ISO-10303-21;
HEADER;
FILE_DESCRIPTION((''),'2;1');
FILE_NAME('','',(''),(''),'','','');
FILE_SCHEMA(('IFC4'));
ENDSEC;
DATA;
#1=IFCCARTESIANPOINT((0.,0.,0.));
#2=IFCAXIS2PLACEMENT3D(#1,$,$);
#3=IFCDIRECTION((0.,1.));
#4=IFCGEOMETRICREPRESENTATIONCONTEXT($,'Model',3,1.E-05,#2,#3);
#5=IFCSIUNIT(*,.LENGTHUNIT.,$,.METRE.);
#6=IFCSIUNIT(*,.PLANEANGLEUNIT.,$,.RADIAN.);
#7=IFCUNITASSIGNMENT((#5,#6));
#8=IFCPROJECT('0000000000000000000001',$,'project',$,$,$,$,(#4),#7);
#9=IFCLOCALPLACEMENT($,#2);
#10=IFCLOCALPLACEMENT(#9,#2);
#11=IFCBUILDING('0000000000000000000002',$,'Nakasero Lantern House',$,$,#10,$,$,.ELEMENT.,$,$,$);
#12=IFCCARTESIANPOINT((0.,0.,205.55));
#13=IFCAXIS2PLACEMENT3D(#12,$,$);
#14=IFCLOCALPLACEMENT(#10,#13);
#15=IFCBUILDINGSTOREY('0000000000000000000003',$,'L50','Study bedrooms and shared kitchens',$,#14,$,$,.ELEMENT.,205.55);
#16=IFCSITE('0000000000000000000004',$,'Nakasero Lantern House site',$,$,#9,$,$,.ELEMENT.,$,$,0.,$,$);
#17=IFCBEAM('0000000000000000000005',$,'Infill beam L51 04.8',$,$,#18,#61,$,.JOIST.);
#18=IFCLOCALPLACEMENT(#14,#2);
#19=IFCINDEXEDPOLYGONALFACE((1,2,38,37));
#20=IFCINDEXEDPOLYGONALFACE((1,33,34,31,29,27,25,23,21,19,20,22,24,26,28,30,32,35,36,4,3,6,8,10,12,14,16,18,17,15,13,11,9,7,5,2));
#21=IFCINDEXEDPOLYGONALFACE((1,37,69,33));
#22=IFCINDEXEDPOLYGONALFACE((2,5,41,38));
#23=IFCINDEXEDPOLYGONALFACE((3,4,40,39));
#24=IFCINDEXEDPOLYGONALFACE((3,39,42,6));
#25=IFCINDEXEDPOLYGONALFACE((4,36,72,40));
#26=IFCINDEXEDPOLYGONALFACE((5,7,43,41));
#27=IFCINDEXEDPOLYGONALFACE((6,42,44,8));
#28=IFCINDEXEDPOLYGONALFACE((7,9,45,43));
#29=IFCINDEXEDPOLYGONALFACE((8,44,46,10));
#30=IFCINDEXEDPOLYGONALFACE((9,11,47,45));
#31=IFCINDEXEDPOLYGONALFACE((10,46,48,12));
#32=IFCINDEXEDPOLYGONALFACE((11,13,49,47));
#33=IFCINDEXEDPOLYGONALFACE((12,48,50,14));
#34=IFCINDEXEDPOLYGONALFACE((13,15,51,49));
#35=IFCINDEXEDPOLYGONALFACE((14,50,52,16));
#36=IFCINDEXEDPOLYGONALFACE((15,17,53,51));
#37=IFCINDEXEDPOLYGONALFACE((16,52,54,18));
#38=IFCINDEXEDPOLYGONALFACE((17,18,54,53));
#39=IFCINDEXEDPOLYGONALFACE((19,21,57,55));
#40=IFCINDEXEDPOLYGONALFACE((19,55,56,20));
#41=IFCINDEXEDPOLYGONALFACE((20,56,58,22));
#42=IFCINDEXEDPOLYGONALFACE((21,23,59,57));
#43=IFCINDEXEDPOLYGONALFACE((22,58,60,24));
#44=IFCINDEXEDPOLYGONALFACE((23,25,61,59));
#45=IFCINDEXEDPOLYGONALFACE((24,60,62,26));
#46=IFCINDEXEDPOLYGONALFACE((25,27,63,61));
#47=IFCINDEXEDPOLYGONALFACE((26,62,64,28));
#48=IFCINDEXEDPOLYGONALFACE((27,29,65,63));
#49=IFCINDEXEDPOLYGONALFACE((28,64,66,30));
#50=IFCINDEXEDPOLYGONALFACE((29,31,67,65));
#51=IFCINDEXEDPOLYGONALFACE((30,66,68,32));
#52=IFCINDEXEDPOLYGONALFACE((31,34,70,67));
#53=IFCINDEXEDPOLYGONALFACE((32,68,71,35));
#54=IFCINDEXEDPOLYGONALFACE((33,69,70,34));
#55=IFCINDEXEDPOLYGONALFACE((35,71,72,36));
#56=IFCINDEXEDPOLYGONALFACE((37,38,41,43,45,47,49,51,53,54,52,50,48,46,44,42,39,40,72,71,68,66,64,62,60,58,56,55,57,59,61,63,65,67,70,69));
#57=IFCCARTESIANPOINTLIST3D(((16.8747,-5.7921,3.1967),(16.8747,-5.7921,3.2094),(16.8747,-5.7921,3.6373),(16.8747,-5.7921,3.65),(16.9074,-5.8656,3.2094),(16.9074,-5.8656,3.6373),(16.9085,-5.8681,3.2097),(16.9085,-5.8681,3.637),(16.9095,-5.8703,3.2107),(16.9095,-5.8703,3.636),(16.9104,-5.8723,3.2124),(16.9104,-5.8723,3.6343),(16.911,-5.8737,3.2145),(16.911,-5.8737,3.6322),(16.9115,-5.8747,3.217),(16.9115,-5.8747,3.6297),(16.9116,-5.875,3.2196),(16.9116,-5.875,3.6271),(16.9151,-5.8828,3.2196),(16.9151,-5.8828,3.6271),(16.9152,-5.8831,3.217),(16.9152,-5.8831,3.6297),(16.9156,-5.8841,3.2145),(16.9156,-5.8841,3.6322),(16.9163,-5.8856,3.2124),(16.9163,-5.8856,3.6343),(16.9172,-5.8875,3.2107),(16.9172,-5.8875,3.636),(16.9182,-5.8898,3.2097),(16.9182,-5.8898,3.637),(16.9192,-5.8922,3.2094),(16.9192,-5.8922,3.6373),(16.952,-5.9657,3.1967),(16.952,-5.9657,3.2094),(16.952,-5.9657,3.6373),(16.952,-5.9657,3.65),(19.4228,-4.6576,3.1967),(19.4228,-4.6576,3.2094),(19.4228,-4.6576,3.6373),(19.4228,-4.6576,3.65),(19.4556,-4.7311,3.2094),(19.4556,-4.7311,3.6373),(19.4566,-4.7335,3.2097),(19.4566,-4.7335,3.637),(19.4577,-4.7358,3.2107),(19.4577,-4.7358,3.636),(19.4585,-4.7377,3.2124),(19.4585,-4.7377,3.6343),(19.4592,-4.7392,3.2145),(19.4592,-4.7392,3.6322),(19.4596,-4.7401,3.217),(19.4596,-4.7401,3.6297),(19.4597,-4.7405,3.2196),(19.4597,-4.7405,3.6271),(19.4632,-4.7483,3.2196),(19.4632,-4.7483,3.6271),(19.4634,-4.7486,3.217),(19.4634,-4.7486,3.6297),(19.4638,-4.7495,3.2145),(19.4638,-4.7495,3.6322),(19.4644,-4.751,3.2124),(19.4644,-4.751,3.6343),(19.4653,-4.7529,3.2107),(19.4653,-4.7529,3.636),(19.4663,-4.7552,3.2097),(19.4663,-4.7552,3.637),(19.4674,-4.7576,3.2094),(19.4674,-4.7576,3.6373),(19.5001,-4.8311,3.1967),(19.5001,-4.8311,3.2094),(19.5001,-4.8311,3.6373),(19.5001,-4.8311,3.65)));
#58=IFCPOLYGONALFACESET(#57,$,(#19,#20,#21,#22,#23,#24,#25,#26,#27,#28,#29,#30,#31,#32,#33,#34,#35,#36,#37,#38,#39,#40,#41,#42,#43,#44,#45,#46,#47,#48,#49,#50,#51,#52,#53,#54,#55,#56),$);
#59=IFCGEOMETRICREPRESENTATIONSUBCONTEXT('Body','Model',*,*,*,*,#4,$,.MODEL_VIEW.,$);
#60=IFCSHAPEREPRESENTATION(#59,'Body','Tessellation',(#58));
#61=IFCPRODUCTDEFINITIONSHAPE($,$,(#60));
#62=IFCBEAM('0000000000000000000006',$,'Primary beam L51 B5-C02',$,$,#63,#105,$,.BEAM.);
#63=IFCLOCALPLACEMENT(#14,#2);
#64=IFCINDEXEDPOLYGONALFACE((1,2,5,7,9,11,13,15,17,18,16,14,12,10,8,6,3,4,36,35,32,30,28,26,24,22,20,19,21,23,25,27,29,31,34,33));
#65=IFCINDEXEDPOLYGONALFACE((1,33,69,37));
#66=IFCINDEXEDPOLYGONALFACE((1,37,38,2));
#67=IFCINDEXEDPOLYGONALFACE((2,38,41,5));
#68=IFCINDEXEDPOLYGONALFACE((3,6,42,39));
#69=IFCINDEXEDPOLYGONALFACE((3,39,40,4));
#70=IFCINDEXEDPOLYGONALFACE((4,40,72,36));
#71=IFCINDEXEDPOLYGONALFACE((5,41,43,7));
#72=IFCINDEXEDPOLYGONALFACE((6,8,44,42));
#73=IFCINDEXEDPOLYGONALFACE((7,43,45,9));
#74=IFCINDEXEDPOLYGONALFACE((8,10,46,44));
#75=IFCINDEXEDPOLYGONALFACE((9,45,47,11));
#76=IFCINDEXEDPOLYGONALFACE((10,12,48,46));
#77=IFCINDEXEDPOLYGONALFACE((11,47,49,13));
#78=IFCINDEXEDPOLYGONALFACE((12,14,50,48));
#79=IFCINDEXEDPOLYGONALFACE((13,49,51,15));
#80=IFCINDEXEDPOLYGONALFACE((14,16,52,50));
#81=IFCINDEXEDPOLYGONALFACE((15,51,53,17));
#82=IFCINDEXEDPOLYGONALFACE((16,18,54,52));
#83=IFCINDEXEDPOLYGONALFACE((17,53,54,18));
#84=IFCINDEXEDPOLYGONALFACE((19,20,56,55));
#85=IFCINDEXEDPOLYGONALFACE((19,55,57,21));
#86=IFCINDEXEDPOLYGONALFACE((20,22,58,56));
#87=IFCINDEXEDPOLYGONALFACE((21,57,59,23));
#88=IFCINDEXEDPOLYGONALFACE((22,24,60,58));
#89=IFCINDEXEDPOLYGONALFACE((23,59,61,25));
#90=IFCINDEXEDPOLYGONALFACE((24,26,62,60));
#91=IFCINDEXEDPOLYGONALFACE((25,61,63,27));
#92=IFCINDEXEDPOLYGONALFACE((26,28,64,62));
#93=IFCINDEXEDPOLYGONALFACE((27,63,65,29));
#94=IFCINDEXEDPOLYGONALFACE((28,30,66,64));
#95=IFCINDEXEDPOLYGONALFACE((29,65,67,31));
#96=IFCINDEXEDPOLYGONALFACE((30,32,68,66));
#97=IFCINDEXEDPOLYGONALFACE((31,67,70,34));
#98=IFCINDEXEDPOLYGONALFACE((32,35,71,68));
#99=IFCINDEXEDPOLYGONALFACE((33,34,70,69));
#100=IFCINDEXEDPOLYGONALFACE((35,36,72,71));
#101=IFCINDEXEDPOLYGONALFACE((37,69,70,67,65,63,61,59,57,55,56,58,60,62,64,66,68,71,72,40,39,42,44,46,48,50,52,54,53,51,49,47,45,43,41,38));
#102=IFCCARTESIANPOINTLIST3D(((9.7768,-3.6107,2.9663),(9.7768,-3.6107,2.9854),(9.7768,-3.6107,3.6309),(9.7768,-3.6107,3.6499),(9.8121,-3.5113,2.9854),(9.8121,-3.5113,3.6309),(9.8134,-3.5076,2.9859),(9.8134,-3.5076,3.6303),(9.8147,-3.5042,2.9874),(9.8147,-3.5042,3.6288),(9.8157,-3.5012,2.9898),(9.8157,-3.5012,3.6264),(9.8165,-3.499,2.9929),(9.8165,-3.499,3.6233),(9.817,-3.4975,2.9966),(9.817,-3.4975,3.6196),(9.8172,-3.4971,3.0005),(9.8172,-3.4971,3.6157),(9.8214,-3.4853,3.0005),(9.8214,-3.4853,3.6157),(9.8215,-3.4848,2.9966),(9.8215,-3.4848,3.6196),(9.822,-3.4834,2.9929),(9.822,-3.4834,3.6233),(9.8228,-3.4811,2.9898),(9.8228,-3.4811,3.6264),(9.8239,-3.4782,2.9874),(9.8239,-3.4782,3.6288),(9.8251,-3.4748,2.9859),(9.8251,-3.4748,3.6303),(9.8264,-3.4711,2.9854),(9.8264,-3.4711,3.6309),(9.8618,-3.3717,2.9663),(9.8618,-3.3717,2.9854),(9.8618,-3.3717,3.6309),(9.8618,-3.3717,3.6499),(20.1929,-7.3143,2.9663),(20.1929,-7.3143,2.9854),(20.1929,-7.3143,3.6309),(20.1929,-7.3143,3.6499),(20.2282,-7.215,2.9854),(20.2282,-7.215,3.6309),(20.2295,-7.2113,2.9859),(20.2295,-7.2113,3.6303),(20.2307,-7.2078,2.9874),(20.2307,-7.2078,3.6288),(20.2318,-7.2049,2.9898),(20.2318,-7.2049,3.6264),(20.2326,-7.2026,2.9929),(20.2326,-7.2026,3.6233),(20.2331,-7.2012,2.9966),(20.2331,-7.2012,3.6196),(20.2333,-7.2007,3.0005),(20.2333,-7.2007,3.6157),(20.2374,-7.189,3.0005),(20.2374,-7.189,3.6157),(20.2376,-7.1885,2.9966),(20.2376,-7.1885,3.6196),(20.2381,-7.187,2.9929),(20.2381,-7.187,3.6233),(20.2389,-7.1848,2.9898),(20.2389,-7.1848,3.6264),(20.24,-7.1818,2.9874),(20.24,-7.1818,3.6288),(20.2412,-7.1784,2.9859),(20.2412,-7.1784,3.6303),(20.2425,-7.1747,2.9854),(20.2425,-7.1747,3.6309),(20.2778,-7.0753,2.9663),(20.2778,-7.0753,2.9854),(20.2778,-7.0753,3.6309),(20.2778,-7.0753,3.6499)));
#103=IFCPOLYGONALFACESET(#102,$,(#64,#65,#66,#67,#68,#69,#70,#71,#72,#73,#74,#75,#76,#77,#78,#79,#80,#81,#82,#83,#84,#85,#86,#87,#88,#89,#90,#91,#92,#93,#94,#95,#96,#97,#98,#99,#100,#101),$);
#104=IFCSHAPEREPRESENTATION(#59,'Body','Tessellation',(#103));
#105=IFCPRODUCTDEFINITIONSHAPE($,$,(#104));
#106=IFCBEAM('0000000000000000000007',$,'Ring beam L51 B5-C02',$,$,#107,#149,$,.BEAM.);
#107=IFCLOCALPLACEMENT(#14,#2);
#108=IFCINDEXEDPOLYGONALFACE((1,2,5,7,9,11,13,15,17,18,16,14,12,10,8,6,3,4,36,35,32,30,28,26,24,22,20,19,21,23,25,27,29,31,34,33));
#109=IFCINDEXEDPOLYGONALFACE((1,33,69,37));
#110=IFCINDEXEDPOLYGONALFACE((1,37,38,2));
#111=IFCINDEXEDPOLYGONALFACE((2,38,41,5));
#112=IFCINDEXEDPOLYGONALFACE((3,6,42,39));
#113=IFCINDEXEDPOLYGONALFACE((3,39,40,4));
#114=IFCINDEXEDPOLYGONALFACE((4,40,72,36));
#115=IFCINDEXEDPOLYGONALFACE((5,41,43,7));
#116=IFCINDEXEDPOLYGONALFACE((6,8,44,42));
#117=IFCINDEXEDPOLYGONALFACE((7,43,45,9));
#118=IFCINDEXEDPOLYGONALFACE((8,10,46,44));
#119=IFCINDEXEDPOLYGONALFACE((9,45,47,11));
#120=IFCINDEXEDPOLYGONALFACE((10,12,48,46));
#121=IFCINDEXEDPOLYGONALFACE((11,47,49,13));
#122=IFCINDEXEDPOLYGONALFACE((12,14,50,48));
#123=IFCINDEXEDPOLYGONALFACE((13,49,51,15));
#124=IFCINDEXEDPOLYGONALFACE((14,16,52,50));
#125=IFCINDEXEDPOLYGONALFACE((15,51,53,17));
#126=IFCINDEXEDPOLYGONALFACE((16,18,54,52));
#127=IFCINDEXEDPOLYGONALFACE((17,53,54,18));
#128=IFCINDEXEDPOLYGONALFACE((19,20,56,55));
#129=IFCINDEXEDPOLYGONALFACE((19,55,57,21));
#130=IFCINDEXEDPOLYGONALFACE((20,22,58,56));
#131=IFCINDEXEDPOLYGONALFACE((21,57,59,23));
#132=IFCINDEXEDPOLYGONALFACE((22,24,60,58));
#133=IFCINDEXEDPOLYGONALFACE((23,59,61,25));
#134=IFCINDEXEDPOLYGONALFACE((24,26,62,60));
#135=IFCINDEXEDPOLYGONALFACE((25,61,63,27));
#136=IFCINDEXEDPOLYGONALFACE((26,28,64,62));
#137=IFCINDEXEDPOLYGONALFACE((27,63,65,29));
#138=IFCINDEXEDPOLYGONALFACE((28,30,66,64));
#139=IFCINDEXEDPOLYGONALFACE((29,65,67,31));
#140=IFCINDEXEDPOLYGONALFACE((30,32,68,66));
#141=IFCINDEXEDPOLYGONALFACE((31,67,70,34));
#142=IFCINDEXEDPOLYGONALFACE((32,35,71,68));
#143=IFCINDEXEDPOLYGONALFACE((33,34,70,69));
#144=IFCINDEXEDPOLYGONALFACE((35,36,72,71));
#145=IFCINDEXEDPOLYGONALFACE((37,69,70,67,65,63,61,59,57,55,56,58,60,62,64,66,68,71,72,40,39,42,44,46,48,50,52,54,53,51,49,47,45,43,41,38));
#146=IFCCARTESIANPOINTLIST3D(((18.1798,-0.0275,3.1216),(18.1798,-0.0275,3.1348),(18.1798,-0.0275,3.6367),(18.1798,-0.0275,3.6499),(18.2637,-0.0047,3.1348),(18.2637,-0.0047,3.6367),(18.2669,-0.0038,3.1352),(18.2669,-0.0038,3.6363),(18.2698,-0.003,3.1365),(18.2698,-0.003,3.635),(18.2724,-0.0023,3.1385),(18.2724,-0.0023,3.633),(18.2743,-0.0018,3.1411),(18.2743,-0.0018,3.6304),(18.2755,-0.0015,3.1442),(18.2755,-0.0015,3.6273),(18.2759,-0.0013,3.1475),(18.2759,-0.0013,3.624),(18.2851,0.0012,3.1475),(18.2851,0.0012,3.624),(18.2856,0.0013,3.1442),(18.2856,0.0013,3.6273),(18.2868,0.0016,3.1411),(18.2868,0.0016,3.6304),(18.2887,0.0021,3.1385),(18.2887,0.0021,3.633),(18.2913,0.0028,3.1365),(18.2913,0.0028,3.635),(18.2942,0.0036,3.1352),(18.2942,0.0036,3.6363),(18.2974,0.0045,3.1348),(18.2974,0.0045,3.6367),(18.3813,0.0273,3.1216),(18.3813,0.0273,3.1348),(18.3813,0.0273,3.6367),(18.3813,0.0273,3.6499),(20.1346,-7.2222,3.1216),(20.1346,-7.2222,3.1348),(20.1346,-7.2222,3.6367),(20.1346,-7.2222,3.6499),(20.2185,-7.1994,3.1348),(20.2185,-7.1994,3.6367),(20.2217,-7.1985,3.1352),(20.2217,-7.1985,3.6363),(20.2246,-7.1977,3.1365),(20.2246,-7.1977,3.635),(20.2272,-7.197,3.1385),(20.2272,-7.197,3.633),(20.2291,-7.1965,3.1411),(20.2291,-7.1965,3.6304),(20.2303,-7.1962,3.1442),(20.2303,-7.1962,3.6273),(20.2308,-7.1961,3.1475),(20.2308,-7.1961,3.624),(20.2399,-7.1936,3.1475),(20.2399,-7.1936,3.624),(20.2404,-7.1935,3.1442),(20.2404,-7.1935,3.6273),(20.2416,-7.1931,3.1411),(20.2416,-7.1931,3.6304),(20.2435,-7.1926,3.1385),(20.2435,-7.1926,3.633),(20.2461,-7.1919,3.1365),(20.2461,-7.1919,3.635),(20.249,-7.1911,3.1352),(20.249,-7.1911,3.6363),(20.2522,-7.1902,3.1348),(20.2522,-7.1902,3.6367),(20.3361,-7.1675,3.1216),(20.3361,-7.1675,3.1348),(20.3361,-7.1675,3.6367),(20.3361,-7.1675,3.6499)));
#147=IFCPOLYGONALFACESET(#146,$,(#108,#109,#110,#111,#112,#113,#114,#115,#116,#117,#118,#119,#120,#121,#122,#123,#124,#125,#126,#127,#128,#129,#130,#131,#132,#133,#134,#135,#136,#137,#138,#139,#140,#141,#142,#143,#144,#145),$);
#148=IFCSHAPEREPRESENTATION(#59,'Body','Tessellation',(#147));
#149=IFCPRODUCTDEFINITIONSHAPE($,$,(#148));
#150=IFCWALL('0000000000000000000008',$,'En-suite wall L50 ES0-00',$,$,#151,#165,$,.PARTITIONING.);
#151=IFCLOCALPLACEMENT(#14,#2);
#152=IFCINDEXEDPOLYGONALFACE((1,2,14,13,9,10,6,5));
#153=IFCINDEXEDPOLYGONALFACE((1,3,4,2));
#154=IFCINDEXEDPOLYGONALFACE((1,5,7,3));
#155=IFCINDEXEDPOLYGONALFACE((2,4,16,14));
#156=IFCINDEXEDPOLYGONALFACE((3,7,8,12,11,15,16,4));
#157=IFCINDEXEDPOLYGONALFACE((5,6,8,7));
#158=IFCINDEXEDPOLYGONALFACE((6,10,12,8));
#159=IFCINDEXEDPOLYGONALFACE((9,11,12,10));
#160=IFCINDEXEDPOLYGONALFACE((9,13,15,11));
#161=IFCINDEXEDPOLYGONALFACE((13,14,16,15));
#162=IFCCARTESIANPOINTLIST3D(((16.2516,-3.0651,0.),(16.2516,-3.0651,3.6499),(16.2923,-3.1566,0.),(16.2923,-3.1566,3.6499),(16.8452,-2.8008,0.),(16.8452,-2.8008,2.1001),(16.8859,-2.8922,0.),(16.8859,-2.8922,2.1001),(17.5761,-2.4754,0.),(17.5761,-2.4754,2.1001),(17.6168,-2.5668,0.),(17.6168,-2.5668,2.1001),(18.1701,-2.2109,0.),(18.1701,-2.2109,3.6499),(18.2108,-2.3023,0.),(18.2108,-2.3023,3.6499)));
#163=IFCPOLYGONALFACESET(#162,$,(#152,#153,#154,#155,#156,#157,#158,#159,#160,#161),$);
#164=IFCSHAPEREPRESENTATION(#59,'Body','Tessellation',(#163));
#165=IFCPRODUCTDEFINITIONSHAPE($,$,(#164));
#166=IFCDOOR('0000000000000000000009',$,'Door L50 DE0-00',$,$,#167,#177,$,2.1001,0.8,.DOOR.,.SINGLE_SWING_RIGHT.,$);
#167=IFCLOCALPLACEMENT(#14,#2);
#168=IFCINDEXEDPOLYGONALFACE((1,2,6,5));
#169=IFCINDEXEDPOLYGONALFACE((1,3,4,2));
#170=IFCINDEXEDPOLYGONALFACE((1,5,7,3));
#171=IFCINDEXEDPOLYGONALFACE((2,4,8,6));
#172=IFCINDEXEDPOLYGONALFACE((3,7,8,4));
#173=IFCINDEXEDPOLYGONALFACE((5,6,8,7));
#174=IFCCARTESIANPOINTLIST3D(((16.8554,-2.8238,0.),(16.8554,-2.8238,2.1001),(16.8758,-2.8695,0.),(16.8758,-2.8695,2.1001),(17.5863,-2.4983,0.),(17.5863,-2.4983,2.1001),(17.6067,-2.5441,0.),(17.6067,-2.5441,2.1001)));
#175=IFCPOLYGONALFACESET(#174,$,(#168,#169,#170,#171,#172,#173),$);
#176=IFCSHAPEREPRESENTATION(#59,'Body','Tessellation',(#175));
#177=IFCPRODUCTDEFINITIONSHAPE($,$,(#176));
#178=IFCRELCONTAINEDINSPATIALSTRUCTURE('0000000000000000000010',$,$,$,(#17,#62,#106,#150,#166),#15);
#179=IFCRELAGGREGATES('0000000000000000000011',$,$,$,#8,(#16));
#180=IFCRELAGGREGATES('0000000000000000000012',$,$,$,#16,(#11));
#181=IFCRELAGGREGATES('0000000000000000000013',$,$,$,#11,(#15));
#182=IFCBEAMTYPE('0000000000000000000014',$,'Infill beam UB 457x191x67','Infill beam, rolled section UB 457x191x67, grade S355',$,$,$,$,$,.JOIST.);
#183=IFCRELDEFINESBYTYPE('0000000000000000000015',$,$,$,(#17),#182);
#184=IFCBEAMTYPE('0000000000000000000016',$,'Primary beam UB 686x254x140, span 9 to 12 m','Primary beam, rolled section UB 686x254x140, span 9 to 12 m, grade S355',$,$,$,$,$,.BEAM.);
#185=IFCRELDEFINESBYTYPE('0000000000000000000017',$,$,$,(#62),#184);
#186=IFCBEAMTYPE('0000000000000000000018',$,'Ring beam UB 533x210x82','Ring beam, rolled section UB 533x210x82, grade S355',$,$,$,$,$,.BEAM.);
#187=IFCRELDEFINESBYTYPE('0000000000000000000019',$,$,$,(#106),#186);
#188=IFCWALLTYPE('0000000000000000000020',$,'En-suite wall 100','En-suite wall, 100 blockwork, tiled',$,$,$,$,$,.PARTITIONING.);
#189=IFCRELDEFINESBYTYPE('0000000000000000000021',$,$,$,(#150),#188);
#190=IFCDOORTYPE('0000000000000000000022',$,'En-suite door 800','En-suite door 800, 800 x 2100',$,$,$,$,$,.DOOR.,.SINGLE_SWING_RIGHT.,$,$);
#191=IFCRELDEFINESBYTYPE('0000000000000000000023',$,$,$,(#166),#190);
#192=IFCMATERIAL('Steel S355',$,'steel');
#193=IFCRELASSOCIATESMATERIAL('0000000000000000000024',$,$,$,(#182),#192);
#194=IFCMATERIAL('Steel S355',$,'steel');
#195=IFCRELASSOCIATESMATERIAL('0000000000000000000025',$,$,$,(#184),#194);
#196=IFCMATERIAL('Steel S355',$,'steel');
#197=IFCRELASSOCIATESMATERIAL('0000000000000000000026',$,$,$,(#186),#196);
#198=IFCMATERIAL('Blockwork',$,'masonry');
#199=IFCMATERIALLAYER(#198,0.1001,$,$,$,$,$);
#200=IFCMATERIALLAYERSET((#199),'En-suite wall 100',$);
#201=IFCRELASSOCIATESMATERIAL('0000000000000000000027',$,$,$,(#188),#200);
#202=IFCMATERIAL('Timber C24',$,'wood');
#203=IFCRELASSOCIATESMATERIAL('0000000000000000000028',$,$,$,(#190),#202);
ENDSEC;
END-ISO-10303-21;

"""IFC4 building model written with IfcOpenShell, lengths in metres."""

from ifc_helpers import new_model, si_unit, direction, frame, frame_2d, origin, origin_2d, place, context, subcontext, project, spatial, rectangle, i_section, extrude, material, layer, layer_set, material_profile, profile_set, type_object, element, fill, save


model = new_model("IFC4")

# Units and contexts
model_context = context("Model", 3, precision=1e-05, world=origin(), true_north=direction((0.0, 1.0)))
body_context = subcontext(model_context, "Body", "Model", "MODEL_VIEW")
ifc_project = project(units=[si_unit("LENGTHUNIT", "METRE"), si_unit("PLANEANGLEUNIT", "RADIAN")], contexts=[model_context])

# Site, building, storey
site_placement = place(None, origin())
site = spatial("IfcSite", under=ifc_project, at=site_placement, Name="Nakasero Lantern House site", CompositionType="ELEMENT", RefElevation=0.0)
building_placement = place(site_placement, origin())
building = spatial("IfcBuilding", under=site, at=building_placement, Name="Nakasero Lantern House", CompositionType="ELEMENT")
storey_placement = place(building_placement, frame((0.0, 0.0, 205.55)))
storey = spatial("IfcBuildingStorey", under=building, at=storey_placement, Name="L50", Description="Study bedrooms and shared kitchens", CompositionType="ELEMENT", Elevation=205.55)

# Beams
ifc_material_1 = material(Name="Steel S355", Category="steel")
ifc_material_profile_1 = material_profile(ifc_material_1, i_section(OverallWidth=0.1899, OverallDepth=0.4534, WebThickness=0.0085, FlangeThickness=0.0127, FilletRadius=0.0103, at=origin_2d()), Name="UB 457x191x67")
ifc_profile_set_1 = profile_set([ifc_material_profile_1], Name="Steel S355")
beam_type_1 = type_object("IfcBeamType", Name="Infill beam UB 457x191x67", Description="Infill beam, rolled section UB 457x191x67, grade S355", PredefinedType="JOIST", material=ifc_profile_set_1)
beam_1_placement = place(storey_placement, frame((16.9133, -5.8789, 3.4233), z_axis=(0.913541, 0.406747, 0.0), x_axis=(-0.406747, 0.913541, 0.0)))
element("IfcBeam", 1, at=beam_1_placement, inside=storey, type_object=beam_type_1, Name="Infill beam L51 04.8", PredefinedType="JOIST", context=body_context, shape_type="SweptSolid", body=[
    extrude(i_section(OverallWidth=0.1899, OverallDepth=0.4534, WebThickness=0.0085, FlangeThickness=0.0127, FilletRadius=0.0103, at=origin_2d()), origin(), (0.0, 0.0, 1.0), 2.7893),
])
ifc_material_2 = material(Name="Steel S355", Category="steel")
ifc_material_profile_2 = material_profile(ifc_material_2, i_section(OverallWidth=0.2537, OverallDepth=0.6836, WebThickness=0.0125, FlangeThickness=0.019, FilletRadius=0.0151, at=origin_2d()), Name="UB 686x254x140")
ifc_profile_set_2 = profile_set([ifc_material_profile_2], Name="Steel S355")
beam_type_2 = type_object("IfcBeamType", Name="Primary beam UB 686x254x140, span 9 to 12 m", Description="Primary beam, rolled section UB 686x254x140, span 9 to 12 m, grade S355", PredefinedType="BEAM", material=ifc_profile_set_2)
beam_2_placement = place(storey_placement, frame((20.2354, -7.1948, 3.3081), z_axis=(-0.942211, 0.335021, 0.0), x_axis=(-0.335021, -0.942211, 0.0)))
element("IfcBeam", 2, at=beam_2_placement, inside=storey, type_object=beam_type_2, Name="Primary beam L51 B5-C02", PredefinedType="BEAM", context=body_context, shape_type="SweptSolid", body=[
    extrude(i_section(OverallWidth=0.2537, OverallDepth=0.6836, WebThickness=0.0125, FlangeThickness=0.019, FilletRadius=0.0151, at=origin_2d()), origin(), (0.0, 0.0, 1.0), 11.0549),
])
ifc_material_3 = material(Name="Steel S355", Category="steel")
ifc_material_profile_3 = material_profile(ifc_material_3, i_section(OverallWidth=0.2087, OverallDepth=0.5283, WebThickness=0.0095, FlangeThickness=0.0132, FilletRadius=0.0127, at=origin_2d()), Name="UB 533x210x82")
ifc_profile_set_3 = profile_set([ifc_material_profile_3], Name="Steel S355")
beam_type_3 = type_object("IfcBeamType", Name="Ring beam UB 533x210x82", Description="Ring beam, rolled section UB 533x210x82, grade S355", PredefinedType="BEAM", material=ifc_profile_set_3)
beam_3_placement = place(storey_placement, frame((20.2354, -7.1948, 3.3857), z_axis=(-0.262195, 0.965015, 0.0), x_axis=(-0.965015, -0.262195, 0.0)))
element("IfcBeam", 3, at=beam_3_placement, inside=storey, type_object=beam_type_3, Name="Ring beam L51 B5-C02", PredefinedType="BEAM", context=body_context, shape_type="SweptSolid", body=[
    extrude(i_section(OverallWidth=0.2087, OverallDepth=0.5283, WebThickness=0.0095, FlangeThickness=0.0132, FilletRadius=0.0127, at=origin_2d()), origin(), (0.0, 0.0, 1.0), 7.4556),
])

# Wall, opening, door
ifc_material_4 = material(Name="Blockwork", Category="masonry")
ifc_layer_1 = layer(ifc_material_4, 0.1001)
ifc_layer_set_1 = layer_set([ifc_layer_1], Name="En-suite wall 100")
wall_type_1 = type_object("IfcWallType", Name="En-suite wall 100", Description="En-suite wall, 100 blockwork, tiled", PredefinedType="PARTITIONING", material=ifc_layer_set_1)
wall_1_placement = place(storey_placement, frame((16.272, -3.1108, 0.0), z_axis=(0.0, 0.0, 1.0), x_axis=(0.913528, 0.406775, 0.0)))
wall_1 = element("IfcWall", 4, at=wall_1_placement, inside=storey, type_object=wall_type_1, Name="En-suite wall L50 ES0-00", PredefinedType="PARTITIONING", context=body_context, shape_type="SweptSolid", body=[
    extrude(rectangle(XDim=2.1001, YDim=0.1001, at=frame_2d((1.05, 0.0))), origin(), (0.0, 0.0, 1.0), 3.6499),
])
opening_1_placement = place(wall_1_placement, frame((0.6499, 0.0, 0.0)))
opening_1 = element("IfcOpeningElement", 5, at=opening_1_placement, cuts=wall_1, PredefinedType="OPENING", context=body_context, shape_type="SweptSolid", body=[
    extrude(rectangle(XDim=0.8, YDim=2.1001, at=frame_2d((0.3999, 1.05))), frame((0.0, 0.0701, 0.0), z_axis=(0.0, -1.0, 0.0), x_axis=(1.0, 0.0, 0.0)), (0.0, 0.0, 1.0), 0.1401),
])
ifc_material_5 = material(Name="Timber C24", Category="wood")
door_type_1 = type_object("IfcDoorType", Name="En-suite door 800", Description="En-suite door 800, 800 x 2100", OperationType="SINGLE_SWING_RIGHT", PredefinedType="DOOR", material=ifc_material_5)
door_1_placement = place(opening_1_placement, origin())
door_1 = element("IfcDoor", 6, at=door_1_placement, inside=storey, type_object=door_type_1, Name="Door L50 DE0-00", OperationType="SINGLE_SWING_RIGHT", OverallHeight=2.1001, OverallWidth=0.8, PredefinedType="DOOR", context=body_context, shape_type="SweptSolid", body=[
    extrude(rectangle(XDim=0.8, YDim=2.1001, at=frame_2d((0.3999, 1.05))), frame((0.0, 0.0249, 0.0), z_axis=(0.0, -1.0, 0.0), x_axis=(1.0, 0.0, 0.0)), (0.0, 0.0, 1.0), 0.05),
])
fill(opening_1, door_1)

save(model, "model.ifc")
